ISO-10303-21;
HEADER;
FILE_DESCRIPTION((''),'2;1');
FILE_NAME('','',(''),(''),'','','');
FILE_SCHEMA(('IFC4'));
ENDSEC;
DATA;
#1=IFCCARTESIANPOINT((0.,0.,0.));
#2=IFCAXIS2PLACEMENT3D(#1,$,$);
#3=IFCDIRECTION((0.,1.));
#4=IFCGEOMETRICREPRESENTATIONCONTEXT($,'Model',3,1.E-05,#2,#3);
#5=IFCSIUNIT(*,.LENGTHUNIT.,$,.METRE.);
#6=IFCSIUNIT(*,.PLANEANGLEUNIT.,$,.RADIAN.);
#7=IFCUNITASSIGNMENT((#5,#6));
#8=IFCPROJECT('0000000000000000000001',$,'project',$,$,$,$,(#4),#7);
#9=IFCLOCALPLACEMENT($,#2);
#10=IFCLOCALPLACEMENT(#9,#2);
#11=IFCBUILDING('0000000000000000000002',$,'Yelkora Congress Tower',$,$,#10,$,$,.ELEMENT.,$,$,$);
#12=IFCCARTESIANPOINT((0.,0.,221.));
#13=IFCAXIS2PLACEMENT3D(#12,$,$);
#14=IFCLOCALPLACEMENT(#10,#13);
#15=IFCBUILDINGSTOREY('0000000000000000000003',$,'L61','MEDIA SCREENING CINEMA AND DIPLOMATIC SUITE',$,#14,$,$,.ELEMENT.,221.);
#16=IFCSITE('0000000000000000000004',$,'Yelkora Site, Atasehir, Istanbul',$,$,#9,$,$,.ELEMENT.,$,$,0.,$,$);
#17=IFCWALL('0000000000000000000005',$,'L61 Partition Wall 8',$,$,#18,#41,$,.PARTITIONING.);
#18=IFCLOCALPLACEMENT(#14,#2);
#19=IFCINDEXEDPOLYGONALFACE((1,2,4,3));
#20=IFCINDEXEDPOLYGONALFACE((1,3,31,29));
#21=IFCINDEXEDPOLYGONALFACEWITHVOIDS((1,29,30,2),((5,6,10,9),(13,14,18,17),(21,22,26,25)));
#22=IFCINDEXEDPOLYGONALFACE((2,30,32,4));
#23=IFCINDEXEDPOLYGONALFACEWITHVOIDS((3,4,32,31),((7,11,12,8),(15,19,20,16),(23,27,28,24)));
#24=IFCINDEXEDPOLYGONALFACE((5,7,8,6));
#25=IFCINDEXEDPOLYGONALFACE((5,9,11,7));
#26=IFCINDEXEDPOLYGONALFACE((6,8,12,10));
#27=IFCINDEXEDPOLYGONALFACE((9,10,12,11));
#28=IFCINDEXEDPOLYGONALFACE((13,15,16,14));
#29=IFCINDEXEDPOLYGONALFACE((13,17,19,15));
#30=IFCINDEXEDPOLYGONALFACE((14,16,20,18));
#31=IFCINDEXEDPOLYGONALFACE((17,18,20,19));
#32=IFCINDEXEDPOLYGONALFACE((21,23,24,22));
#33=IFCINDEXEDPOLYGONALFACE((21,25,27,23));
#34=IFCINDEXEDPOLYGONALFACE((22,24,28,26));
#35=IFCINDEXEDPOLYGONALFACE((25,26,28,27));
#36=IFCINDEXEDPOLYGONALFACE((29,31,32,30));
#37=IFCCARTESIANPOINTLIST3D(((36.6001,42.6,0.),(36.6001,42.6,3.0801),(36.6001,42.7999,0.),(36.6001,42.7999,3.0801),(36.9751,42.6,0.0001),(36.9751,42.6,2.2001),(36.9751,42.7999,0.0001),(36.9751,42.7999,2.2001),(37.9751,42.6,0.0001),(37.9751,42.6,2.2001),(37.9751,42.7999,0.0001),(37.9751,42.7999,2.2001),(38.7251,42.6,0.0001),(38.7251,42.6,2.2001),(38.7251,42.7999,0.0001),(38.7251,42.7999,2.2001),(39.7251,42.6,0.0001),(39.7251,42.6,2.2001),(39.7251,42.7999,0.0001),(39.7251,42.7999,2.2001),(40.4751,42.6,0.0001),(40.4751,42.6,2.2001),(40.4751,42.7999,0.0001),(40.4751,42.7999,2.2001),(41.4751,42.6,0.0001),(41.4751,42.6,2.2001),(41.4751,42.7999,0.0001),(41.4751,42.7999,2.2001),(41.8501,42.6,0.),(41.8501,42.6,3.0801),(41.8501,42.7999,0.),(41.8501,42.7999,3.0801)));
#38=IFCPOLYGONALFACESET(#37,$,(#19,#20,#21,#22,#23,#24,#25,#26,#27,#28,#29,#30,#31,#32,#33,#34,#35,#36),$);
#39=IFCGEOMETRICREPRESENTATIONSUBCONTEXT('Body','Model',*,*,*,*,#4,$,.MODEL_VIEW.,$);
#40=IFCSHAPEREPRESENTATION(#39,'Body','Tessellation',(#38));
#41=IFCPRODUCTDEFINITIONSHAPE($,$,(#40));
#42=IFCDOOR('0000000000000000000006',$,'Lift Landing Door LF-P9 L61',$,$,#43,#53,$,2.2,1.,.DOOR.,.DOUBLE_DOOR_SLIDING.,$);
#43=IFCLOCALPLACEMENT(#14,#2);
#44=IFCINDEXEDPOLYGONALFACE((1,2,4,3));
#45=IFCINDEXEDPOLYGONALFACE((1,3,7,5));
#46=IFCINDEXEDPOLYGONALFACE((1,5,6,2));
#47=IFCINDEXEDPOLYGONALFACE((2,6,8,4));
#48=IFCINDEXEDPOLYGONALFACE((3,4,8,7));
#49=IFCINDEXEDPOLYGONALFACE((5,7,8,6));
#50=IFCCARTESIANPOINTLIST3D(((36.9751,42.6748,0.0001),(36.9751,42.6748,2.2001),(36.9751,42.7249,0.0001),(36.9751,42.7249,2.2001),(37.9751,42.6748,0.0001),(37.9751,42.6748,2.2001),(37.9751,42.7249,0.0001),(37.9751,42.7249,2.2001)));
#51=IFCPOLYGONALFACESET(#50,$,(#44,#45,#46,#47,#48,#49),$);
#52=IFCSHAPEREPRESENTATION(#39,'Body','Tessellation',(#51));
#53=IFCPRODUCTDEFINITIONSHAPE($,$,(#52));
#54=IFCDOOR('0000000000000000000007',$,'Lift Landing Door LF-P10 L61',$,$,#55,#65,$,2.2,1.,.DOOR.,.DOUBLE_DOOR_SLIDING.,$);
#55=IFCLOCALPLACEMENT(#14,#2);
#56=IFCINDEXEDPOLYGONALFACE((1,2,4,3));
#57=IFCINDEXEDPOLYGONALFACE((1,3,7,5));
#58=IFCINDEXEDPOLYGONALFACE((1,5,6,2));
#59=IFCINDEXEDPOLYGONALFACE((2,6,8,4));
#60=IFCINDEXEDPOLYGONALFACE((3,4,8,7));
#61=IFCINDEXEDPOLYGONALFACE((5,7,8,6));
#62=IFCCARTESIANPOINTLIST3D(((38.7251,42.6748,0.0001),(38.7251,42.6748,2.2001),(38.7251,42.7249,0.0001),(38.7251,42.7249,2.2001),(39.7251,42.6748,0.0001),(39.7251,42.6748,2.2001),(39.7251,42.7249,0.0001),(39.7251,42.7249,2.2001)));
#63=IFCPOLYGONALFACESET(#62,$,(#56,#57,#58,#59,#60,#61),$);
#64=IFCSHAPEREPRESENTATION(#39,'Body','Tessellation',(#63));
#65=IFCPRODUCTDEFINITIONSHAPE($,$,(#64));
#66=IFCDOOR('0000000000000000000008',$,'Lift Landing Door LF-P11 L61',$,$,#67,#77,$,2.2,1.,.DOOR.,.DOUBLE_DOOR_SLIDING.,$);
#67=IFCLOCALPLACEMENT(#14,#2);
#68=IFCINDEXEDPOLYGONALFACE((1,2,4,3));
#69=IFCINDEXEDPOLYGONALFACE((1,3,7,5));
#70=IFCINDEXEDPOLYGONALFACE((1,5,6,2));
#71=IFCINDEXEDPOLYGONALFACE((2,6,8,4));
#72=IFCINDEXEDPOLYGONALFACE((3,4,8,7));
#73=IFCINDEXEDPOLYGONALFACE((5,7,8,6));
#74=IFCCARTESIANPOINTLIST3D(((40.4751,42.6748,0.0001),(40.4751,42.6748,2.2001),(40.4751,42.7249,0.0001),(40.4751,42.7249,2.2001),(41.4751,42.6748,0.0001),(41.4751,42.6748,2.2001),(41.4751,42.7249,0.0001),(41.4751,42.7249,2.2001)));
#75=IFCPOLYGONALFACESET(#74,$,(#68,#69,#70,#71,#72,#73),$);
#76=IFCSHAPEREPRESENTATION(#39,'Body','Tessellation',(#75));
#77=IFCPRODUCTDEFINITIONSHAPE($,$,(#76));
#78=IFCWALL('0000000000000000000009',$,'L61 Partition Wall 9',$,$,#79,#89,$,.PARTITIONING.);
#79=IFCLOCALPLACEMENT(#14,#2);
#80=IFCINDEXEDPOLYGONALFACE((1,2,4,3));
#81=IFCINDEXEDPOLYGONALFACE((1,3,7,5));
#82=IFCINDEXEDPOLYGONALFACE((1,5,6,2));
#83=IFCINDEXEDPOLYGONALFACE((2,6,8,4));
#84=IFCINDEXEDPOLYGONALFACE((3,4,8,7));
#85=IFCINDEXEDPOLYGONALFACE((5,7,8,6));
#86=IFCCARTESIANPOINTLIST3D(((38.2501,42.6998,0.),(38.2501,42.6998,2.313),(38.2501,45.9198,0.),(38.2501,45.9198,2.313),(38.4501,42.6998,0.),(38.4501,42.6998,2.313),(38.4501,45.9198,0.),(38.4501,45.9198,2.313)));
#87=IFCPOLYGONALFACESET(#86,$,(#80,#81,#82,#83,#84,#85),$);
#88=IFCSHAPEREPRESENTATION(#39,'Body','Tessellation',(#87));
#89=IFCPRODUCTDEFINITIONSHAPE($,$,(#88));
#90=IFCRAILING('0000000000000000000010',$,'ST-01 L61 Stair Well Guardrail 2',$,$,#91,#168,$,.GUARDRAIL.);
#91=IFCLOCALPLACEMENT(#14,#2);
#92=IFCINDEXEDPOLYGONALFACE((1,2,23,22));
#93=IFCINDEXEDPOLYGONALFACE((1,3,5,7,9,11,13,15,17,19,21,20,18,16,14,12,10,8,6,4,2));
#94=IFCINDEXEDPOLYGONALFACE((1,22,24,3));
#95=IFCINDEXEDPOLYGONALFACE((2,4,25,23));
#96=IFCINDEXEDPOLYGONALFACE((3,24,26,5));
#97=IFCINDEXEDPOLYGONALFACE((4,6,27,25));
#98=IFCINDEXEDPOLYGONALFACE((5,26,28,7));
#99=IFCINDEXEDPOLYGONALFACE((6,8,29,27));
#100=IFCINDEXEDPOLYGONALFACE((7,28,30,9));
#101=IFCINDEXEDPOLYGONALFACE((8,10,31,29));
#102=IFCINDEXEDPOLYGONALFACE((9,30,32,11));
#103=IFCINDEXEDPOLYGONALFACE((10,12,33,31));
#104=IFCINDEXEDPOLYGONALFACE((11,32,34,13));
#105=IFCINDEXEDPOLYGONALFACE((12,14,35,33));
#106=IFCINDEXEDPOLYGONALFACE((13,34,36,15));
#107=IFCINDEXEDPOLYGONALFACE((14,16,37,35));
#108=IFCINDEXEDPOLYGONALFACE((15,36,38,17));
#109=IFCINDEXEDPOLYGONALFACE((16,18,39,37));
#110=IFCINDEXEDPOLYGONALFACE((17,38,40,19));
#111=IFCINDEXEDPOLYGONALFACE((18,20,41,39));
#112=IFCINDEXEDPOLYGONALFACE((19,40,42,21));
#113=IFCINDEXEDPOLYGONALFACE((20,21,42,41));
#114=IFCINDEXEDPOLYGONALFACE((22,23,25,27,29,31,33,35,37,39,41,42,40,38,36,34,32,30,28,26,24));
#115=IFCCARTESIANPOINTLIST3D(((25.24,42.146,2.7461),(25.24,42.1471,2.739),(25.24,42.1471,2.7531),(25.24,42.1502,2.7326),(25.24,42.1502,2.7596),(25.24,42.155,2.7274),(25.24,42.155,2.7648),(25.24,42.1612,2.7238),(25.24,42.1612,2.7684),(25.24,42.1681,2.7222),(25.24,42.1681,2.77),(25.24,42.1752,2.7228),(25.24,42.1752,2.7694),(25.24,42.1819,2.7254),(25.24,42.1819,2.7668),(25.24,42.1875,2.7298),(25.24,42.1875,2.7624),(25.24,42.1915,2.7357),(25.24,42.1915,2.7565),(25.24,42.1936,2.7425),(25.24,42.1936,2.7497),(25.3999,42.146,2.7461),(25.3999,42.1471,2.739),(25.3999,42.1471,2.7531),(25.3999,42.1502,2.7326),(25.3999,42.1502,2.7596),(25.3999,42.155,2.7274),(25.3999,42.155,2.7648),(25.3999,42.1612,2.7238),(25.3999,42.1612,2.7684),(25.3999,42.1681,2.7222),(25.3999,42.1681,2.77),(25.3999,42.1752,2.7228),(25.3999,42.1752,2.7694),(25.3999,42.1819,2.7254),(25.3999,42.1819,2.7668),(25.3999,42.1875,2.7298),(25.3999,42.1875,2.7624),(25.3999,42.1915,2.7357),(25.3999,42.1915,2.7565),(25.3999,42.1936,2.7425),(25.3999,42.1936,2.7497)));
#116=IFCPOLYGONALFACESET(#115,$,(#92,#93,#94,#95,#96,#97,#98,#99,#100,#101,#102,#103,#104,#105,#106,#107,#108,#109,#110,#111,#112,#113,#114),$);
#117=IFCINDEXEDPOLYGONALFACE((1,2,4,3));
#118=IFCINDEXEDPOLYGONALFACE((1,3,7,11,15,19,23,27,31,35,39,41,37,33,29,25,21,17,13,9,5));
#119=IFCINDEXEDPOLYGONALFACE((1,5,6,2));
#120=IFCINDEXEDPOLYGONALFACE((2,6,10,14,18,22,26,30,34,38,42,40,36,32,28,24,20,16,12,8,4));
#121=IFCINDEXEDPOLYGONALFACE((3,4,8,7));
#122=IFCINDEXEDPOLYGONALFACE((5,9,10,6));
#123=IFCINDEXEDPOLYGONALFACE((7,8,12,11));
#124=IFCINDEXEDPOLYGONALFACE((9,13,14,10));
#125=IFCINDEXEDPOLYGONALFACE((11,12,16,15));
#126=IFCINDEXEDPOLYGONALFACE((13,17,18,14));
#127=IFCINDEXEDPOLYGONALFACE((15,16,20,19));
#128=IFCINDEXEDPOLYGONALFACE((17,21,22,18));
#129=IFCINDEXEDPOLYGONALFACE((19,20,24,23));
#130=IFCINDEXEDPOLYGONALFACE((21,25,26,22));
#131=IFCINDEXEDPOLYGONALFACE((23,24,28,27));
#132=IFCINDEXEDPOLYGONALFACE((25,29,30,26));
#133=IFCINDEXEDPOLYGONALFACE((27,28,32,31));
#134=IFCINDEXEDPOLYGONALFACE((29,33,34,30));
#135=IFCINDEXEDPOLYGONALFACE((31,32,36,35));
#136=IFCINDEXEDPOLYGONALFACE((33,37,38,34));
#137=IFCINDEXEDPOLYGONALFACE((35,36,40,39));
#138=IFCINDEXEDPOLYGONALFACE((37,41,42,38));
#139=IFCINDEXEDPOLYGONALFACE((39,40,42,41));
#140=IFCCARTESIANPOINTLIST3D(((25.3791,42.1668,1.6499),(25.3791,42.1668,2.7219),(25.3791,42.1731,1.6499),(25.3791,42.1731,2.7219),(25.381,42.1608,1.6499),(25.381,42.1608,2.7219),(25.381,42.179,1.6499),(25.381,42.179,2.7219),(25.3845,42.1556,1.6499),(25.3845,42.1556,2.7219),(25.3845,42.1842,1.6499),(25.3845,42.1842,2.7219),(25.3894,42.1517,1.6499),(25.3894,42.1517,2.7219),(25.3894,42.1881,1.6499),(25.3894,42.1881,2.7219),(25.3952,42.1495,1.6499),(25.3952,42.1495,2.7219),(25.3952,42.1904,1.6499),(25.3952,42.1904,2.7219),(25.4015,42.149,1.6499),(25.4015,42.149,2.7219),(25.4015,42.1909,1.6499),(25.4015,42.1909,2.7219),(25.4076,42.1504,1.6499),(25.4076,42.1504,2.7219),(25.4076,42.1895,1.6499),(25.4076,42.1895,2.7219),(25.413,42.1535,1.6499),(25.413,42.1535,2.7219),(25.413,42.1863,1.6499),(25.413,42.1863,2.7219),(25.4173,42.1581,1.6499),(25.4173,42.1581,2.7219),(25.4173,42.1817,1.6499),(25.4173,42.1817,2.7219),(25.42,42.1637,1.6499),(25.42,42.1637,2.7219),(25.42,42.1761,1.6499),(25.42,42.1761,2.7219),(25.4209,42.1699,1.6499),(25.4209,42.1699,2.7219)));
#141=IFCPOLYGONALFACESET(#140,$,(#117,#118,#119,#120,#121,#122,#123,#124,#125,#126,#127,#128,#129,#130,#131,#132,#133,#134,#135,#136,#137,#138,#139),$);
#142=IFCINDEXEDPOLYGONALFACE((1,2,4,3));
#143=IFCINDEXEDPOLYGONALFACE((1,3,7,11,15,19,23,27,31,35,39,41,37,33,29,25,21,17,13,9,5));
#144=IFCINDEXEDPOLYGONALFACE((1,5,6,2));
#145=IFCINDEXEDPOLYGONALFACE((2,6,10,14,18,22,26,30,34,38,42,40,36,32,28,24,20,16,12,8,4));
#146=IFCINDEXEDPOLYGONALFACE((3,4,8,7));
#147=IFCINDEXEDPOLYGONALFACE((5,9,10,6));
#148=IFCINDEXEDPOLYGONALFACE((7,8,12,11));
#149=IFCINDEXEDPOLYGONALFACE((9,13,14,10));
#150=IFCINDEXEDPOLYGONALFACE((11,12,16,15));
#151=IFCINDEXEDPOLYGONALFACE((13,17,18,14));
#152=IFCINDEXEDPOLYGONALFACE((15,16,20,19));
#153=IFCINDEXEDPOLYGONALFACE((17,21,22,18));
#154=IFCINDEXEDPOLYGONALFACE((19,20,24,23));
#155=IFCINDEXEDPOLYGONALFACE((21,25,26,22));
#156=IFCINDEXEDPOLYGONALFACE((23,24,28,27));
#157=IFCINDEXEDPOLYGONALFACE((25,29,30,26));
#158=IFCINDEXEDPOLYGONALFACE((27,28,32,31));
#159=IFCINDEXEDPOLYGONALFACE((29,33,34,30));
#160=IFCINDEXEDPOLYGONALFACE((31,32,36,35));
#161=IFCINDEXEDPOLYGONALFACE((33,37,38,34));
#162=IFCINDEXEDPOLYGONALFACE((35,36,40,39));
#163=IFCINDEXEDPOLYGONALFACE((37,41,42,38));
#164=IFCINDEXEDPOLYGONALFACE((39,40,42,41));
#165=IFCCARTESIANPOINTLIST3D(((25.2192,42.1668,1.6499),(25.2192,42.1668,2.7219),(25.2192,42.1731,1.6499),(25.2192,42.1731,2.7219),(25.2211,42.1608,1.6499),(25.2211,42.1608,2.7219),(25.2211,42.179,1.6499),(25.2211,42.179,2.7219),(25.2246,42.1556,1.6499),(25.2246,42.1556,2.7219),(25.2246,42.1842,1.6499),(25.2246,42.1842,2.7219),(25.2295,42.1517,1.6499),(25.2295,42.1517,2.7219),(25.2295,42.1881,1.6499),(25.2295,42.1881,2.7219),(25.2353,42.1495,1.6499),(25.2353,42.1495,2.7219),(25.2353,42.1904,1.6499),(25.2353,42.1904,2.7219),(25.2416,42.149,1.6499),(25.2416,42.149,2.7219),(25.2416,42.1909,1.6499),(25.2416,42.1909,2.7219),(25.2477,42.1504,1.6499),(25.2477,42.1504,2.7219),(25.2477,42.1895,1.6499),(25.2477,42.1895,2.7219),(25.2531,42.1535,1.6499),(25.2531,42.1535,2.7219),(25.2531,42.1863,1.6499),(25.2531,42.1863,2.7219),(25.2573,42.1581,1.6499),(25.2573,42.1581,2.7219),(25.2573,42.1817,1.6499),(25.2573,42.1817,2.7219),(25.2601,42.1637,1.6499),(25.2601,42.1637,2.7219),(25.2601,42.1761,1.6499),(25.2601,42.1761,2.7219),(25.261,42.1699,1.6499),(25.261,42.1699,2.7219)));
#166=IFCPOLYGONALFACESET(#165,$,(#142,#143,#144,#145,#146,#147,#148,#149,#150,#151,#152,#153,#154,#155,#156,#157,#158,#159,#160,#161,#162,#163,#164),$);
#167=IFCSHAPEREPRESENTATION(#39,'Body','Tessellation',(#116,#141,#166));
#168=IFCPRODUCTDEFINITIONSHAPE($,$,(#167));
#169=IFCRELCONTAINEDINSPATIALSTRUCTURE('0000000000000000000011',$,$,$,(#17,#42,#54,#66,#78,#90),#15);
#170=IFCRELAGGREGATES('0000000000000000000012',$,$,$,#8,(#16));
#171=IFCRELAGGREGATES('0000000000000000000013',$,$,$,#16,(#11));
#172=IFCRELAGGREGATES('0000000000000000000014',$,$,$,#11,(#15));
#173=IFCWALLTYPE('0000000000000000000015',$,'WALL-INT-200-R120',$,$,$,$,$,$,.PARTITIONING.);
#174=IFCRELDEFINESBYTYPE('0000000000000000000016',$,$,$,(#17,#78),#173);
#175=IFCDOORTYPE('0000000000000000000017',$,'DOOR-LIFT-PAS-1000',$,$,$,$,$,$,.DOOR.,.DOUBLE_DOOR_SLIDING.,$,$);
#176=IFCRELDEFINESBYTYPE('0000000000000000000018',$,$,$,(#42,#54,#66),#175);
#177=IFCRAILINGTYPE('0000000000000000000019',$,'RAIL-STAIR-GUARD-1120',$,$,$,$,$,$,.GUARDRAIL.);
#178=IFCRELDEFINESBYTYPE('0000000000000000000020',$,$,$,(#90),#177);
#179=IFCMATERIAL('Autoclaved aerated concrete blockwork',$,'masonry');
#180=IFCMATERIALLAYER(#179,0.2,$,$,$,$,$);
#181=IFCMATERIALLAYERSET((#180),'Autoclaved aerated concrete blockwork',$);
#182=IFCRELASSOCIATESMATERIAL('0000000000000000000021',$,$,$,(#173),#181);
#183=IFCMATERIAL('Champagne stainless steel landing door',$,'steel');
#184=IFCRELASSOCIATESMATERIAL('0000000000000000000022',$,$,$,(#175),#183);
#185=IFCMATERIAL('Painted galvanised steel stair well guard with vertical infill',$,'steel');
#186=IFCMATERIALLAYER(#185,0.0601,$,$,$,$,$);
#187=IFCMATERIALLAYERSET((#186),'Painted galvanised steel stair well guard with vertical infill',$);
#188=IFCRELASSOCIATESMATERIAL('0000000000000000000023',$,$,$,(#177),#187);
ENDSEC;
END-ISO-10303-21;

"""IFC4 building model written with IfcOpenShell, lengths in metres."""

from ifc_helpers import new_model, si_unit, direction, frame, frame_2d, origin, origin_2d, place, context, subcontext, project, spatial, rectangle, circle, extrude, material, layer, layer_set, type_object, element, fill, save


model = new_model("IFC4")

# Units and contexts
model_context = context("Model", 3, precision=1e-05, world=origin(), true_north=direction((0.0, 1.0)))
body_context = subcontext(model_context, "Body", "Model", "MODEL_VIEW")
ifc_project = project(units=[si_unit("LENGTHUNIT", "METRE"), si_unit("PLANEANGLEUNIT", "RADIAN")], contexts=[model_context])

# Site, building, storey
site_placement = place(None, origin())
site = spatial("IfcSite", under=ifc_project, at=site_placement, Name="Yelkora Site, Atasehir, Istanbul", CompositionType="ELEMENT", RefElevation=0.0)
building_placement = place(site_placement, origin())
building = spatial("IfcBuilding", under=site, at=building_placement, Name="Yelkora Congress Tower", CompositionType="ELEMENT")
storey_placement = place(building_placement, frame((0.0, 0.0, 221.0)))
storey = spatial("IfcBuildingStorey", under=building, at=storey_placement, Name="L61", Description="MEDIA SCREENING CINEMA AND DIPLOMATIC SUITE", CompositionType="ELEMENT", Elevation=221.0)

# Shared definitions
ifc_material_1 = material(Name="Autoclaved aerated concrete blockwork", Category="masonry")
ifc_layer_1 = layer(ifc_material_1, 0.2)
ifc_layer_set_1 = layer_set([ifc_layer_1], Name="Autoclaved aerated concrete blockwork")
wall_type = type_object("IfcWallType", Name="WALL-INT-200-R120", PredefinedType="PARTITIONING", material=ifc_layer_set_1)

# Wall, openings, doors
wall_1_placement = place(storey_placement, frame((36.6001, 42.7, 0.0), z_axis=(0.0, 0.0, 1.0), x_axis=(1.0, 0.0, 0.0)))
wall_1 = element("IfcWall", 1, at=wall_1_placement, inside=storey, type_object=wall_type, Name="L61 Partition Wall 8", PredefinedType="PARTITIONING", context=body_context, shape_type="SweptSolid", body=[
    extrude(rectangle(XDim=5.25, YDim=0.2, at=frame_2d((2.625, 0.0))), origin(), (0.0, 0.0, 1.0), 3.0801),
])
opening_1_placement = place(wall_1_placement, frame((0.375, 0.0, 0.0)))
opening_1 = element("IfcOpeningElement", 2, at=opening_1_placement, cuts=wall_1, PredefinedType="OPENING", context=body_context, shape_type="SweptSolid", body=[
    extrude(rectangle(XDim=1.0, YDim=2.2, at=frame_2d((0.5, 1.1001))), frame((0.0, 0.1099, 0.0), z_axis=(0.0, -1.0, 0.0), x_axis=(1.0, 0.0, 0.0)), (0.0, 0.0, 1.0), 0.22),
])
opening_2_placement = place(wall_1_placement, frame((2.125, 0.0, 0.0)))
opening_2 = element("IfcOpeningElement", 3, at=opening_2_placement, cuts=wall_1, PredefinedType="OPENING", context=body_context, shape_type="SweptSolid", body=[
    extrude(rectangle(XDim=1.0, YDim=2.2, at=frame_2d((0.5, 1.1001))), frame((0.0, 0.1099, 0.0), z_axis=(0.0, -1.0, 0.0), x_axis=(1.0, 0.0, 0.0)), (0.0, 0.0, 1.0), 0.22),
])
opening_3_placement = place(wall_1_placement, frame((3.875, 0.0, 0.0)))
opening_3 = element("IfcOpeningElement", 4, at=opening_3_placement, cuts=wall_1, PredefinedType="OPENING", context=body_context, shape_type="SweptSolid", body=[
    extrude(rectangle(XDim=1.0, YDim=2.2, at=frame_2d((0.5, 1.1001))), frame((0.0, 0.1099, 0.0), z_axis=(0.0, -1.0, 0.0), x_axis=(1.0, 0.0, 0.0)), (0.0, 0.0, 1.0), 0.22),
])
ifc_material_2 = material(Name="Champagne stainless steel landing door", Category="steel")
door_type_1 = type_object("IfcDoorType", Name="DOOR-LIFT-PAS-1000", OperationType="DOUBLE_DOOR_SLIDING", PredefinedType="DOOR", material=ifc_material_2)
door_1_placement = place(opening_1_placement, origin())
door_1 = element("IfcDoor", 5, at=door_1_placement, inside=storey, type_object=door_type_1, Name="Lift Landing Door LF-P9 L61", OperationType="DOUBLE_DOOR_SLIDING", OverallHeight=2.2, OverallWidth=1.0, PredefinedType="DOOR", context=body_context, shape_type="SweptSolid", body=[
    extrude(rectangle(XDim=1.0, YDim=2.2, at=frame_2d((0.5, 1.1001))), frame((0.0, 0.0249, 0.0), z_axis=(0.0, -1.0, 0.0), x_axis=(1.0, 0.0, 0.0)), (0.0, 0.0, 1.0), 0.05),
])
fill(opening_1, door_1)
door_2_placement = place(opening_2_placement, origin())
door_2 = element("IfcDoor", 6, at=door_2_placement, inside=storey, type_object=door_type_1, Name="Lift Landing Door LF-P10 L61", OperationType="DOUBLE_DOOR_SLIDING", OverallHeight=2.2, OverallWidth=1.0, PredefinedType="DOOR", context=body_context, shape_type="SweptSolid", body=[
    extrude(rectangle(XDim=1.0, YDim=2.2, at=frame_2d((0.5, 1.1001))), frame((0.0, 0.0249, 0.0), z_axis=(0.0, -1.0, 0.0), x_axis=(1.0, 0.0, 0.0)), (0.0, 0.0, 1.0), 0.05),
])
fill(opening_2, door_2)
door_3_placement = place(opening_3_placement, origin())
door_3 = element("IfcDoor", 7, at=door_3_placement, inside=storey, type_object=door_type_1, Name="Lift Landing Door LF-P11 L61", OperationType="DOUBLE_DOOR_SLIDING", OverallHeight=2.2, OverallWidth=1.0, PredefinedType="DOOR", context=body_context, shape_type="SweptSolid", body=[
    extrude(rectangle(XDim=1.0, YDim=2.2, at=frame_2d((0.5, 1.1001))), frame((0.0, 0.0249, 0.0), z_axis=(0.0, -1.0, 0.0), x_axis=(1.0, 0.0, 0.0)), (0.0, 0.0, 1.0), 0.05),
])
fill(opening_3, door_3)

# Wall
wall_2_placement = place(storey_placement, frame((38.3501, 42.7, 0.0), z_axis=(0.0, 0.0, 1.0), x_axis=(0.0, 1.0, 0.0)))
element("IfcWall", 8, at=wall_2_placement, inside=storey, type_object=wall_type, Name="L61 Partition Wall 9", PredefinedType="PARTITIONING", context=body_context, shape_type="SweptSolid", body=[
    extrude(rectangle(XDim=3.22, YDim=0.2, at=frame_2d((1.6099, 0.0))), origin(), (0.0, 0.0, 1.0), 2.313),
])

# Railing
ifc_material_3 = material(Name="Painted galvanised steel stair well guard with vertical infill", Category="steel")
ifc_layer_2 = layer(ifc_material_3, 0.0601)
ifc_layer_set_2 = layer_set([ifc_layer_2], Name="Painted galvanised steel stair well guard with vertical infill")
railing_type = type_object("IfcRailingType", Name="RAIL-STAIR-GUARD-1120", PredefinedType="GUARDRAIL", material=ifc_layer_set_2)
railing_1_placement = place(storey_placement, frame((25.3999, 42.1699, 1.6499)))
element("IfcRailing", 9, at=railing_1_placement, inside=storey, type_object=railing_type, Name="ST-01 L61 Stair Well Guardrail 2", PredefinedType="GUARDRAIL", context=body_context, shape_type="SweptSolid", body=[
    extrude(circle(Radius=0.0239, at=origin_2d()), frame((0.0, 0.0, 1.0962), z_axis=(-1.0, 0.0, 0.0), x_axis=(0.0, -1.0, 0.0)), (0.0, 0.0, 1.0), 0.1599),
    extrude(circle(Radius=0.021, at=origin_2d()), origin(), (0.0, 0.0, 1.0), 1.072),
    extrude(circle(Radius=0.021, at=origin_2d()), frame((-0.1599, 0.0, 0.0)), (0.0, 0.0, 1.0), 1.072),
])

save(model, "model.ifc")
